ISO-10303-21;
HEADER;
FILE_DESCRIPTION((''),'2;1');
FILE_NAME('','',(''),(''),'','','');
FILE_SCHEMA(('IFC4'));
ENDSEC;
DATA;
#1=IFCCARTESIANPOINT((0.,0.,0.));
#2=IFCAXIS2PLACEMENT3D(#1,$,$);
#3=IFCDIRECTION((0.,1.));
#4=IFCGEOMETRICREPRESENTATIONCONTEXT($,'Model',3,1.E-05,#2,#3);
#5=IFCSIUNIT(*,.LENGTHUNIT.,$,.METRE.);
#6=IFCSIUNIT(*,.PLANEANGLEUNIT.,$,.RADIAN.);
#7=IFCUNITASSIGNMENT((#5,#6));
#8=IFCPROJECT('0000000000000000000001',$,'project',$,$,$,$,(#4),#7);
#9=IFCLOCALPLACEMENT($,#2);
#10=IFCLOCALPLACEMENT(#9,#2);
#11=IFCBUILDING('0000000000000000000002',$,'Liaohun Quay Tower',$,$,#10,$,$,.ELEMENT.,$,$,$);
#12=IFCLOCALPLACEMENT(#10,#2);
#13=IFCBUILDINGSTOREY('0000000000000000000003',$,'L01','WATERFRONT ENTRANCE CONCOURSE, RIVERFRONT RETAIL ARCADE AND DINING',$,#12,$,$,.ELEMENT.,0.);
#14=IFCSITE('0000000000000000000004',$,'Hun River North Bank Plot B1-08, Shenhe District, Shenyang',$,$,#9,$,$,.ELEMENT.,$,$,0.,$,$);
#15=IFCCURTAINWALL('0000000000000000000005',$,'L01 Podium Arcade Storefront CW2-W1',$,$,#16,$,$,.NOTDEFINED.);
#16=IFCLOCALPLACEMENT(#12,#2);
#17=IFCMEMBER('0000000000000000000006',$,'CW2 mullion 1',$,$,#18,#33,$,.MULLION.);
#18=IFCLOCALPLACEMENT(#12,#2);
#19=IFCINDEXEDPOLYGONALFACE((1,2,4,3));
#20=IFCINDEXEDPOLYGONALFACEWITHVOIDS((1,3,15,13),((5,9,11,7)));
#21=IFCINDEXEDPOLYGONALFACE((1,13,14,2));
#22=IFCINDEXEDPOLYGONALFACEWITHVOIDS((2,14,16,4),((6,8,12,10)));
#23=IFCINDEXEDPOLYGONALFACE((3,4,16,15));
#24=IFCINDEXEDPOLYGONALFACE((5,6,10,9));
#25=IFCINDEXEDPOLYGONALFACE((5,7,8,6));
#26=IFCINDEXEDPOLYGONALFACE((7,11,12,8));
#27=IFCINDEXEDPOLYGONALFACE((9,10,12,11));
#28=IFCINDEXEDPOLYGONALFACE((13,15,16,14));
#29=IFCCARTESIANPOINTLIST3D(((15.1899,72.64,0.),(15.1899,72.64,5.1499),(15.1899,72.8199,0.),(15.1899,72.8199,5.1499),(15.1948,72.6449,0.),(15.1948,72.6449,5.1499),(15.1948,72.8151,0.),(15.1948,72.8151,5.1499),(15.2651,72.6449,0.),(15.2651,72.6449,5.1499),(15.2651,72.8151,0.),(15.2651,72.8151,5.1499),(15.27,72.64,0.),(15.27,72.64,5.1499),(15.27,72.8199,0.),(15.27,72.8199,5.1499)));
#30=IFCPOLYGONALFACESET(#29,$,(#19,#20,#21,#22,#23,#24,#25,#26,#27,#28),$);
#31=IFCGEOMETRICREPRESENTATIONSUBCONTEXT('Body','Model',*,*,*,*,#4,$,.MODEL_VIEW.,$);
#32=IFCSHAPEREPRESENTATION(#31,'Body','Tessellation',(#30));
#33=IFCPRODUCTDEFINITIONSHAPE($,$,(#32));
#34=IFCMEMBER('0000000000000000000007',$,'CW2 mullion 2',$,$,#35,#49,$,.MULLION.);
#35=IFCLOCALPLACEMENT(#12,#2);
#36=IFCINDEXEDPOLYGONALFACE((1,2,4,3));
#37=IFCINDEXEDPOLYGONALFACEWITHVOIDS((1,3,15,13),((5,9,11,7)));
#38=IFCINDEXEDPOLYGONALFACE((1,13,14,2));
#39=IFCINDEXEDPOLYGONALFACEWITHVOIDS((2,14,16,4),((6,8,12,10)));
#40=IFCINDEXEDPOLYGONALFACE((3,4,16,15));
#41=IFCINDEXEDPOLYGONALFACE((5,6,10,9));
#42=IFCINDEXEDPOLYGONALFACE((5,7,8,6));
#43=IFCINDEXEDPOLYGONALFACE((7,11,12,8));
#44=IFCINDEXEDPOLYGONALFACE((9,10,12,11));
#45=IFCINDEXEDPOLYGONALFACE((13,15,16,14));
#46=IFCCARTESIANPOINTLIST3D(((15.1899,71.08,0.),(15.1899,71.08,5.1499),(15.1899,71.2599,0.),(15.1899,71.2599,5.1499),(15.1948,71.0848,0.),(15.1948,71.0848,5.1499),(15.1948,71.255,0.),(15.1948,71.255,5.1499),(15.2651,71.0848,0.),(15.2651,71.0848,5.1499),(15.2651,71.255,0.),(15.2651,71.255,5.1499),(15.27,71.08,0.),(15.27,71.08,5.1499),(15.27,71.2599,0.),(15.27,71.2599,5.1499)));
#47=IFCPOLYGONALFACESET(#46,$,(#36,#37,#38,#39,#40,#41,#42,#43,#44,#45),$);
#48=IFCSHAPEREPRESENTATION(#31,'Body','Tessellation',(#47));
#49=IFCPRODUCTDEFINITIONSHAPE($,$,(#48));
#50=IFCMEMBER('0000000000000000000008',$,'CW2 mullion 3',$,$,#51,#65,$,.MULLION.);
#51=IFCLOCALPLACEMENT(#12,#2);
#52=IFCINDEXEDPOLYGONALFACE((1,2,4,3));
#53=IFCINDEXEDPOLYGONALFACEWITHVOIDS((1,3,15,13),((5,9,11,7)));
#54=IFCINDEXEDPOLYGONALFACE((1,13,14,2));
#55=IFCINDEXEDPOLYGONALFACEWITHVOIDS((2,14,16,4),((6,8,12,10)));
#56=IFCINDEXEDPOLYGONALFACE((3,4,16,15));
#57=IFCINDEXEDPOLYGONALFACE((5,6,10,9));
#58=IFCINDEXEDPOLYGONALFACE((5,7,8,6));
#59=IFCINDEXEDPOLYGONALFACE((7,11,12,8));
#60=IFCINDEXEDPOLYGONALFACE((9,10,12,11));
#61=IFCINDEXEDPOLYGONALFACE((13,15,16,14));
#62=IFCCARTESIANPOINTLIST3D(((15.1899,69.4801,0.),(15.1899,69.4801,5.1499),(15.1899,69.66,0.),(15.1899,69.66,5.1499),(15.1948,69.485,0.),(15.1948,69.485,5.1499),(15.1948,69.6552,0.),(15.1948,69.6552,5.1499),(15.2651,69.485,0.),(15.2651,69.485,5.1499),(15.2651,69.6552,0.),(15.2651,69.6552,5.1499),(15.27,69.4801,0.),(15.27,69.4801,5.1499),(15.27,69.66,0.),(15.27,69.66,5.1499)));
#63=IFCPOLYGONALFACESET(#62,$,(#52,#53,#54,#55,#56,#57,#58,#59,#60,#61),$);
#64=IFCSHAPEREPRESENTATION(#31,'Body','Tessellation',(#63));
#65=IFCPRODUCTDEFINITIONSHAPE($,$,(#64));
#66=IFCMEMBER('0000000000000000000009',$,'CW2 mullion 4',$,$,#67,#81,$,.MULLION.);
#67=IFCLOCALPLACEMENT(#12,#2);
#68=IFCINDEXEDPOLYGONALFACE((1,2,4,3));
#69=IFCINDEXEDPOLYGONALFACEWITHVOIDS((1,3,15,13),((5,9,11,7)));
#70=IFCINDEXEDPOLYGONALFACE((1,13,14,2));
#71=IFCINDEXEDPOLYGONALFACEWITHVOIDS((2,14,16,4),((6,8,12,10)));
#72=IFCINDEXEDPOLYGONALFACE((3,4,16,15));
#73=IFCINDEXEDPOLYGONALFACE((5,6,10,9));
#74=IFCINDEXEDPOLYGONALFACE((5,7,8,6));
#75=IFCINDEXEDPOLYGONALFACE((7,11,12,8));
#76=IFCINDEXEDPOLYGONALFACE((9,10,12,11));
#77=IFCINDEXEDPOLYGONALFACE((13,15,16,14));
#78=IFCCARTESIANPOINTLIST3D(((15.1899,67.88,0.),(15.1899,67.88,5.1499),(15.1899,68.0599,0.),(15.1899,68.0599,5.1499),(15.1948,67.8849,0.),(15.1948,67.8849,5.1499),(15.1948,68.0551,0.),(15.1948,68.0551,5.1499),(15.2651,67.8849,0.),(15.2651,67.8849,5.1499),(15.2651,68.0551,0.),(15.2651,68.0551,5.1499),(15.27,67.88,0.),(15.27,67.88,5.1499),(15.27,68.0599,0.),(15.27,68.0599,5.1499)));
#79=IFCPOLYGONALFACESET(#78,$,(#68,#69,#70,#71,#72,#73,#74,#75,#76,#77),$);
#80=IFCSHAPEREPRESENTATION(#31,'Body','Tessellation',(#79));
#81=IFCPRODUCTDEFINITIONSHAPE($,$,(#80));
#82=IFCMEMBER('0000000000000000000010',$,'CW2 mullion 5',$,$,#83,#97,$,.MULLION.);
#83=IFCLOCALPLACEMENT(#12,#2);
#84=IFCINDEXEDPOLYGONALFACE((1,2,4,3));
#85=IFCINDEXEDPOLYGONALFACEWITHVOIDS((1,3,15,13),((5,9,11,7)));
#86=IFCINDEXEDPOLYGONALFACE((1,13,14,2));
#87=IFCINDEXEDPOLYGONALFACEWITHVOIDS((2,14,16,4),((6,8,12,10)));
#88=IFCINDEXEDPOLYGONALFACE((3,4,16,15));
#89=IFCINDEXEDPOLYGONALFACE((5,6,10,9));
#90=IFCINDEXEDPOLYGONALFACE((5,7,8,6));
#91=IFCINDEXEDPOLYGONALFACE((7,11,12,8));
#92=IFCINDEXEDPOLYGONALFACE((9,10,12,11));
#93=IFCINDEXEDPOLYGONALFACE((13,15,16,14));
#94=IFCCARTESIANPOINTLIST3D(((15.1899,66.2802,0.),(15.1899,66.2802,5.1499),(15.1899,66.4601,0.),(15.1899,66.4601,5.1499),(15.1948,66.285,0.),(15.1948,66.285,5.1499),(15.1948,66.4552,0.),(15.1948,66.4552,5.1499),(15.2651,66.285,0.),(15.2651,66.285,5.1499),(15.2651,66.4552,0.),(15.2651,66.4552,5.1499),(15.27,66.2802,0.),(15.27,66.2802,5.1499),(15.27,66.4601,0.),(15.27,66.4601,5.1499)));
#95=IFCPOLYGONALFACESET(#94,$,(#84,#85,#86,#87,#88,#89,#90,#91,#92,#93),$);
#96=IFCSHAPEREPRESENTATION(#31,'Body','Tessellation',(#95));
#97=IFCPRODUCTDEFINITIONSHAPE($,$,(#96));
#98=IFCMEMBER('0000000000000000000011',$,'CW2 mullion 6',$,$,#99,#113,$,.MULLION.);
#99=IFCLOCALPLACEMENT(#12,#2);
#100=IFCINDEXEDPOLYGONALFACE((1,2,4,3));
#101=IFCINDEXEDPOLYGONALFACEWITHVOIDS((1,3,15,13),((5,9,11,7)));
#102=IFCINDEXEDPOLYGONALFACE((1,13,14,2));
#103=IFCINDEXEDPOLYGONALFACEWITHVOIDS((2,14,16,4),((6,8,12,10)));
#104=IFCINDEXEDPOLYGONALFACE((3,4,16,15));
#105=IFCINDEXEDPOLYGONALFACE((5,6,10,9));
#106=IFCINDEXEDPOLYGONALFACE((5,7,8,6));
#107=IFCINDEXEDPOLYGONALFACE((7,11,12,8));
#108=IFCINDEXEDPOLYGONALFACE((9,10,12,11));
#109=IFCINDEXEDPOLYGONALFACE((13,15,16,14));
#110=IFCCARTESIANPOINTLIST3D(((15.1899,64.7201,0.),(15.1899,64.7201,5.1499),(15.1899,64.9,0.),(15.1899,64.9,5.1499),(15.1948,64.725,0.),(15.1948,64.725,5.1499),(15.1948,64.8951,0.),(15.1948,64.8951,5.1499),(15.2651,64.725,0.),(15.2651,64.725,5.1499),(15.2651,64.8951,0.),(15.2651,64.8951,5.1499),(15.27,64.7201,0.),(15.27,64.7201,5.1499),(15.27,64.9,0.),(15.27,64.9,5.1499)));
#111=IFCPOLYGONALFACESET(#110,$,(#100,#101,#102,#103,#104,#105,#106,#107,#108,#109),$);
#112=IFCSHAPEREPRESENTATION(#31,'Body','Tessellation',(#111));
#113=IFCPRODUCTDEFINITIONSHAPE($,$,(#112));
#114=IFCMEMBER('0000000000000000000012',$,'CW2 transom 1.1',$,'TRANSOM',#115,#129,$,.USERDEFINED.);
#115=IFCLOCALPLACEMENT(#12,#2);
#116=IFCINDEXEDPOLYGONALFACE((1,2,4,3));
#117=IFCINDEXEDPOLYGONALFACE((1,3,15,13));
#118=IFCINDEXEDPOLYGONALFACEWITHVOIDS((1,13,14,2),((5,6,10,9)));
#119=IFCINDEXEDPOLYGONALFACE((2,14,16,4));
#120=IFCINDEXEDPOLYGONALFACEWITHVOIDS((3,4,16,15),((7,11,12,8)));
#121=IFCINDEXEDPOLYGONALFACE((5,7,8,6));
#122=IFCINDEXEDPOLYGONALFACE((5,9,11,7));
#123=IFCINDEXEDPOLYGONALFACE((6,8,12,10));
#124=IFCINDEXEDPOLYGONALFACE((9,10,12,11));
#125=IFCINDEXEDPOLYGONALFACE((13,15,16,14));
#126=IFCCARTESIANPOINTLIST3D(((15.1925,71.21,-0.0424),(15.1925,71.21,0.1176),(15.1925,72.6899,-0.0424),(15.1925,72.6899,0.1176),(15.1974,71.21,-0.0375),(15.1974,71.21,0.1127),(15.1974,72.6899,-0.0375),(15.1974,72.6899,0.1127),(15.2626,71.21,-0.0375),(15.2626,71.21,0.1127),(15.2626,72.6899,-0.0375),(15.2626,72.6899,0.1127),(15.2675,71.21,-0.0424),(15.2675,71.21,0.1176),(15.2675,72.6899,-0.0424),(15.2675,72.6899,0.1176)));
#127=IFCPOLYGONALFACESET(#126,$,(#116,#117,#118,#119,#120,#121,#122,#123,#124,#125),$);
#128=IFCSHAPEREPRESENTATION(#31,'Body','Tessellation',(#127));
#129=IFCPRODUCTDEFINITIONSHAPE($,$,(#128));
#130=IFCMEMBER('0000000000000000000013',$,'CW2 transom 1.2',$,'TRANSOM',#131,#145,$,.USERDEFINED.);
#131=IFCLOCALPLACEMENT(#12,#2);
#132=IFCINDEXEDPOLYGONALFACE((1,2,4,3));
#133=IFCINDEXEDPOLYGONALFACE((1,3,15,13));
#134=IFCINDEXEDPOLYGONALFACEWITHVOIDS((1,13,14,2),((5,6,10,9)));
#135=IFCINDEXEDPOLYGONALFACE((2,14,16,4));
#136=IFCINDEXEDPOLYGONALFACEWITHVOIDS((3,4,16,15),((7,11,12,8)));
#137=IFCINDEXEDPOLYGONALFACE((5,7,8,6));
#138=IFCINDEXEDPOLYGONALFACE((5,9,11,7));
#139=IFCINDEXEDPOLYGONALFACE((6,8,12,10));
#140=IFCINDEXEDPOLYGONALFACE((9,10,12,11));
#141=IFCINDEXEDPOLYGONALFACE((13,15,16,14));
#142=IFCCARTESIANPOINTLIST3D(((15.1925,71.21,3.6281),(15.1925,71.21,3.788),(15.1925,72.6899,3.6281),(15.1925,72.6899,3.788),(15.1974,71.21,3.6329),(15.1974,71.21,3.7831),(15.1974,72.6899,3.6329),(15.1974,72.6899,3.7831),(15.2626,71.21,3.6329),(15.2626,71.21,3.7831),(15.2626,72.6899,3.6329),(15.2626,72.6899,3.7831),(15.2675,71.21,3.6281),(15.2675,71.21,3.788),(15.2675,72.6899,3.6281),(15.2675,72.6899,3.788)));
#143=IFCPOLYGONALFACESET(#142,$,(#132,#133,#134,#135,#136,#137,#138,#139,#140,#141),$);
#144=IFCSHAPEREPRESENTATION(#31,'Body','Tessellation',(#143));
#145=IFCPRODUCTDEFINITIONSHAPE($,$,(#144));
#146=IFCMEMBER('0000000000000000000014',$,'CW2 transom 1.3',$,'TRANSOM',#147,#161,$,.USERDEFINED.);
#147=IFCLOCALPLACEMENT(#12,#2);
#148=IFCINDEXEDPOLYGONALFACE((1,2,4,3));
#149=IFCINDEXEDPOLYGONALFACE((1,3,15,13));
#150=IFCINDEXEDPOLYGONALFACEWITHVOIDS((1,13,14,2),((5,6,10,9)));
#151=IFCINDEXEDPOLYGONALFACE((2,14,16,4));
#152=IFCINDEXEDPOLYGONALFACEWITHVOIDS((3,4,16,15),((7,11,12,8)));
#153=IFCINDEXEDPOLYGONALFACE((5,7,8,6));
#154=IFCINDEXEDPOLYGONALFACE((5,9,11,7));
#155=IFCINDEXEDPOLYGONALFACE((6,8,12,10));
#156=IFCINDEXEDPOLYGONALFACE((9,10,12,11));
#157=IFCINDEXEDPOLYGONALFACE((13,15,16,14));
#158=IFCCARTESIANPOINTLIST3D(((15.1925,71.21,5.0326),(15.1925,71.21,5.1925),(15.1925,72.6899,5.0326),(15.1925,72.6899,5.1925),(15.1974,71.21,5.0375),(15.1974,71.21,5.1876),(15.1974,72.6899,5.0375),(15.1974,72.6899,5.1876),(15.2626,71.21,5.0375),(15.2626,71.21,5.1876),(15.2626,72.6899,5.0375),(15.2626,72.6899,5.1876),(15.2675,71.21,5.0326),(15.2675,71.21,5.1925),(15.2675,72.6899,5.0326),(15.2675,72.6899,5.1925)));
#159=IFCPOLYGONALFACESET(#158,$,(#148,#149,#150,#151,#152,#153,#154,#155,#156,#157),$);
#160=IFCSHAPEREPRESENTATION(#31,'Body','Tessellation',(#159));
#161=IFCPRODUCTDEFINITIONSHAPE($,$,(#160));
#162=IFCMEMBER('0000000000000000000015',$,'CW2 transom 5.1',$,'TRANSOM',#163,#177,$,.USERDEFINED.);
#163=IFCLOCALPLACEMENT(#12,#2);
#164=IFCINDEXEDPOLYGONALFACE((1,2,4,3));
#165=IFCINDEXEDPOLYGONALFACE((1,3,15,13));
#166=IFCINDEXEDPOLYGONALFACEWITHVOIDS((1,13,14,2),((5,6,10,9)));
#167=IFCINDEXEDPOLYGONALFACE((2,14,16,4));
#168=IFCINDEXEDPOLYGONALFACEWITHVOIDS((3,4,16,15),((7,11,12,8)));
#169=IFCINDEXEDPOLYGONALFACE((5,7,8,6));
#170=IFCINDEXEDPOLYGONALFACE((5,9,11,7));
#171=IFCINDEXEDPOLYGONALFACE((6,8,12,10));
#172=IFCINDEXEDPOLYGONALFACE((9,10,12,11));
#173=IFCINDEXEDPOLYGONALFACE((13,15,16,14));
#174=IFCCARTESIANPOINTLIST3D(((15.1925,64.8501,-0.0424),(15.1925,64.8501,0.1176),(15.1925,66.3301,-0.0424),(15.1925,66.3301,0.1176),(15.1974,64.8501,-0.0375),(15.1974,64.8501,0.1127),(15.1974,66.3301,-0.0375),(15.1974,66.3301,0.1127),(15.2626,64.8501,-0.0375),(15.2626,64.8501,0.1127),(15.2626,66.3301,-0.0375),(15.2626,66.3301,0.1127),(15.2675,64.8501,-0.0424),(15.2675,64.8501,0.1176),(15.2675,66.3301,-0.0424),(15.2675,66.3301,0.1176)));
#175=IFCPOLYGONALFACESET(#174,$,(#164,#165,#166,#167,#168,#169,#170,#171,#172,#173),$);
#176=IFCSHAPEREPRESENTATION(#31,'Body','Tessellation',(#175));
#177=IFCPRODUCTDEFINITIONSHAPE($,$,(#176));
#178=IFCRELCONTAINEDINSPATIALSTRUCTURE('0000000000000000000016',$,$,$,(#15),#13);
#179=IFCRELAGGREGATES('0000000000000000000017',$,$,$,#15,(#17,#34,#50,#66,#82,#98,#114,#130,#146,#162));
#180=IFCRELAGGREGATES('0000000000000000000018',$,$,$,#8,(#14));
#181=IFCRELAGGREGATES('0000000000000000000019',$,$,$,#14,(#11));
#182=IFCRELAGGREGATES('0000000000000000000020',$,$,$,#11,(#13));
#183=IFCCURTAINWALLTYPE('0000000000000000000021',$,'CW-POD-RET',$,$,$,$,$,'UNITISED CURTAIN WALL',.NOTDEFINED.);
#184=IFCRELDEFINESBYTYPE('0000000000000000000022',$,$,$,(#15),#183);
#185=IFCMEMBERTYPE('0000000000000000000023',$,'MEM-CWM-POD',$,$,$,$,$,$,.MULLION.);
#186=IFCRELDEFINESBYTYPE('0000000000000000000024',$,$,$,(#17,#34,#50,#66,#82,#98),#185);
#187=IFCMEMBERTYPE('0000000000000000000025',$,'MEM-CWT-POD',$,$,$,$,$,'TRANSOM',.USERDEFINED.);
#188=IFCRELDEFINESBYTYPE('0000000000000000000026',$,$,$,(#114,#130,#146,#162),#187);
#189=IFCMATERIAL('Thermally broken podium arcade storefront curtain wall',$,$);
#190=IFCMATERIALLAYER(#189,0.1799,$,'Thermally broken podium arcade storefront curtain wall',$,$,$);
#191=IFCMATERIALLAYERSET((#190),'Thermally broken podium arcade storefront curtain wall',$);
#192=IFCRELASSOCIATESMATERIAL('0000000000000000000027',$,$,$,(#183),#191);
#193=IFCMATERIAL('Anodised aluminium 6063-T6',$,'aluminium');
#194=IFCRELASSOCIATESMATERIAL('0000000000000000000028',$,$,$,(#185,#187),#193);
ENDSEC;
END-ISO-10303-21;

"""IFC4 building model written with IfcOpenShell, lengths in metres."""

from ifc_helpers import new_model, si_unit, direction, frame, origin, origin_2d, place, context, subcontext, project, spatial, hollow_rectangle, extrude, source, transform, mapped, material, layer, layer_set, material_profile, profile_set, type_object, element, aggregate, save


model = new_model("IFC4")

# Units and contexts
model_context = context("Model", 3, precision=1e-05, world=origin(), true_north=direction((0.0, 1.0)))
body_context = subcontext(model_context, "Body", "Model", "MODEL_VIEW")
ifc_project = project(units=[si_unit("LENGTHUNIT", "METRE"), si_unit("PLANEANGLEUNIT", "RADIAN")], contexts=[model_context])

# Site, building, storey
site_placement = place(None, origin())
site = spatial("IfcSite", under=ifc_project, at=site_placement, Name="Hun River North Bank Plot B1-08, Shenhe District, Shenyang", CompositionType="ELEMENT", RefElevation=0.0)
building_placement = place(site_placement, origin())
building = spatial("IfcBuilding", under=site, at=building_placement, Name="Liaohun Quay Tower", CompositionType="ELEMENT")
storey_placement = place(building_placement, origin())
storey = spatial("IfcBuildingStorey", under=building, at=storey_placement, Name="L01", Description="WATERFRONT ENTRANCE CONCOURSE, RIVERFRONT RETAIL ARCADE AND DINING", CompositionType="ELEMENT", Elevation=0.0)

# Curtain wall, members
ifc_material_1 = material(Name="Thermally broken podium arcade storefront curtain wall")
ifc_layer_1 = layer(ifc_material_1, 0.1799, Name="Thermally broken podium arcade storefront curtain wall")
ifc_layer_set_1 = layer_set([ifc_layer_1], Name="Thermally broken podium arcade storefront curtain wall")
curtain_wall_type = type_object("IfcCurtainWallType", Name="CW-POD-RET", ElementType="UNITISED CURTAIN WALL", PredefinedType="NOTDEFINED", material=ifc_layer_set_1)
curtain_wall_placement = place(storey_placement, origin())
curtain_wall = element("IfcCurtainWall", 1, at=curtain_wall_placement, inside=storey, type_object=curtain_wall_type, Name="L01 Podium Arcade Storefront CW2-W1", PredefinedType="NOTDEFINED")
ifc_material_2 = material(Name="Anodised aluminium 6063-T6", Category="aluminium")
ifc_material_profile_1 = material_profile(ifc_material_2, hollow_rectangle(XDim=0.0801, YDim=0.1799, WallThickness=0.0049, at=origin_2d()), Name="RHS180x80x5")
ifc_profile_set_1 = profile_set([ifc_material_profile_1], Name="Anodised aluminium 6063-T6")
member_type_1 = type_object("IfcMemberType", Name="MEM-CWM-POD", PredefinedType="MULLION", material=ifc_profile_set_1)
shared_shape_1 = source(origin(), body_context, "Body", "SweptSolid", [
    extrude(hollow_rectangle(XDim=0.0801, YDim=0.1799, WallThickness=0.0049, at=origin_2d()), origin(), (0.0, 0.0, 1.0), 5.1499),
])
member_1_placement = place(storey_placement, frame((15.23, 72.73, 0.0), z_axis=(0.0, 0.0, 1.0), x_axis=(1.0, 0.0, 0.0)))
member_1 = element("IfcMember", 2, at=member_1_placement, type_object=member_type_1, Name="CW2 mullion 1", PredefinedType="MULLION", context=body_context, shape_type="MappedRepresentation", body=[
    mapped(shared_shape_1, transform((0.0, 0.0, 0.0), x_axis=(1.0, 0.0, 0.0), y_axis=(0.0, 1.0, 0.0), z_axis=(0.0, 0.0, 1.0), scale=1.0)),
])
member_2_placement = place(storey_placement, frame((15.23, 71.1699, 0.0), z_axis=(0.0, 0.0, 1.0), x_axis=(1.0, 0.0, 0.0)))
member_2 = element("IfcMember", 3, at=member_2_placement, type_object=member_type_1, Name="CW2 mullion 2", PredefinedType="MULLION", context=body_context, shape_type="MappedRepresentation", body=[
    mapped(shared_shape_1, transform((0.0, 0.0, 0.0), x_axis=(1.0, 0.0, 0.0), y_axis=(0.0, 1.0, 0.0), z_axis=(0.0, 0.0, 1.0), scale=1.0)),
])
member_3_placement = place(storey_placement, frame((15.23, 69.5701, 0.0), z_axis=(0.0, 0.0, 1.0), x_axis=(1.0, 0.0, 0.0)))
member_3 = element("IfcMember", 4, at=member_3_placement, type_object=member_type_1, Name="CW2 mullion 3", PredefinedType="MULLION", context=body_context, shape_type="MappedRepresentation", body=[
    mapped(shared_shape_1, transform((0.0, 0.0, 0.0), x_axis=(1.0, 0.0, 0.0), y_axis=(0.0, 1.0, 0.0), z_axis=(0.0, 0.0, 1.0), scale=1.0)),
])
member_4_placement = place(storey_placement, frame((15.23, 67.97, 0.0), z_axis=(0.0, 0.0, 1.0), x_axis=(1.0, 0.0, 0.0)))
member_4 = element("IfcMember", 5, at=member_4_placement, type_object=member_type_1, Name="CW2 mullion 4", PredefinedType="MULLION", context=body_context, shape_type="MappedRepresentation", body=[
    mapped(shared_shape_1, transform((0.0, 0.0, 0.0), x_axis=(1.0, 0.0, 0.0), y_axis=(0.0, 1.0, 0.0), z_axis=(0.0, 0.0, 1.0), scale=1.0)),
])
member_5_placement = place(storey_placement, frame((15.23, 66.3701, 0.0), z_axis=(0.0, 0.0, 1.0), x_axis=(1.0, 0.0, 0.0)))
member_5 = element("IfcMember", 6, at=member_5_placement, type_object=member_type_1, Name="CW2 mullion 5", PredefinedType="MULLION", context=body_context, shape_type="MappedRepresentation", body=[
    mapped(shared_shape_1, transform((0.0, 0.0, 0.0), x_axis=(1.0, 0.0, 0.0), y_axis=(0.0, 1.0, 0.0), z_axis=(0.0, 0.0, 1.0), scale=1.0)),
])
member_6_placement = place(storey_placement, frame((15.23, 64.8101, 0.0), z_axis=(0.0, 0.0, 1.0), x_axis=(1.0, 0.0, 0.0)))
member_6 = element("IfcMember", 7, at=member_6_placement, type_object=member_type_1, Name="CW2 mullion 6", PredefinedType="MULLION", context=body_context, shape_type="MappedRepresentation", body=[
    mapped(shared_shape_1, transform((0.0, 0.0, 0.0), x_axis=(1.0, 0.0, 0.0), y_axis=(0.0, 1.0, 0.0), z_axis=(0.0, 0.0, 1.0), scale=1.0)),
])
ifc_material_profile_2 = material_profile(ifc_material_2, hollow_rectangle(XDim=0.075, YDim=0.1599, WallThickness=0.0049, at=origin_2d()), Name="RHS160x75x5")
ifc_profile_set_2 = profile_set([ifc_material_profile_2], Name="Anodised aluminium 6063-T6")
member_type_2 = type_object("IfcMemberType", Name="MEM-CWT-POD", ElementType="TRANSOM", PredefinedType="USERDEFINED", material=ifc_profile_set_2)
shared_shape_2 = source(origin(), body_context, "Body", "SweptSolid", [
    extrude(hollow_rectangle(XDim=0.075, YDim=0.1599, WallThickness=0.0049, at=origin_2d()), origin(), (0.0, 0.0, 1.0), 1.48),
])
member_7_placement = place(storey_placement, frame((15.23, 72.6899, 0.0376), z_axis=(0.0, -1.0, 0.0), x_axis=(1.0, 0.0, 0.0)))
member_7 = element("IfcMember", 8, at=member_7_placement, type_object=member_type_2, Name="CW2 transom 1.1", ObjectType="TRANSOM", PredefinedType="USERDEFINED", context=body_context, shape_type="MappedRepresentation", body=[
    mapped(shared_shape_2, transform((0.0, 0.0, 0.0), x_axis=(1.0, 0.0, 0.0), y_axis=(0.0, 1.0, 0.0), z_axis=(0.0, 0.0, 1.0), scale=1.0)),
])
member_8_placement = place(storey_placement, frame((15.23, 72.6899, 3.708), z_axis=(0.0, -1.0, 0.0), x_axis=(1.0, 0.0, 0.0)))
member_8 = element("IfcMember", 9, at=member_8_placement, type_object=member_type_2, Name="CW2 transom 1.2", ObjectType="TRANSOM", PredefinedType="USERDEFINED", context=body_context, shape_type="MappedRepresentation", body=[
    mapped(shared_shape_2, transform((0.0, 0.0, 0.0), x_axis=(1.0, 0.0, 0.0), y_axis=(0.0, 1.0, 0.0), z_axis=(0.0, 0.0, 1.0), scale=1.0)),
])
member_9_placement = place(storey_placement, frame((15.23, 72.6899, 5.1125), z_axis=(0.0, -1.0, 0.0), x_axis=(1.0, 0.0, 0.0)))
member_9 = element("IfcMember", 10, at=member_9_placement, type_object=member_type_2, Name="CW2 transom 1.3", ObjectType="TRANSOM", PredefinedType="USERDEFINED", context=body_context, shape_type="MappedRepresentation", body=[
    mapped(shared_shape_2, transform((0.0, 0.0, 0.0), x_axis=(1.0, 0.0, 0.0), y_axis=(0.0, 1.0, 0.0), z_axis=(0.0, 0.0, 1.0), scale=1.0)),
])
member_10_placement = place(storey_placement, frame((15.23, 66.3301, 0.0376), z_axis=(0.0, -1.0, 0.0), x_axis=(1.0, 0.0, 0.0)))
member_10 = element("IfcMember", 11, at=member_10_placement, type_object=member_type_2, Name="CW2 transom 5.1", ObjectType="TRANSOM", PredefinedType="USERDEFINED", context=body_context, shape_type="MappedRepresentation", body=[
    mapped(shared_shape_2, transform((0.0, 0.0, 0.0), x_axis=(1.0, 0.0, 0.0), y_axis=(0.0, 1.0, 0.0), z_axis=(0.0, 0.0, 1.0), scale=1.0)),
])
aggregate(curtain_wall, [member_1, member_2, member_3, member_4, member_5, member_6, member_7, member_8, member_9, member_10])

save(model, "model.ifc")
